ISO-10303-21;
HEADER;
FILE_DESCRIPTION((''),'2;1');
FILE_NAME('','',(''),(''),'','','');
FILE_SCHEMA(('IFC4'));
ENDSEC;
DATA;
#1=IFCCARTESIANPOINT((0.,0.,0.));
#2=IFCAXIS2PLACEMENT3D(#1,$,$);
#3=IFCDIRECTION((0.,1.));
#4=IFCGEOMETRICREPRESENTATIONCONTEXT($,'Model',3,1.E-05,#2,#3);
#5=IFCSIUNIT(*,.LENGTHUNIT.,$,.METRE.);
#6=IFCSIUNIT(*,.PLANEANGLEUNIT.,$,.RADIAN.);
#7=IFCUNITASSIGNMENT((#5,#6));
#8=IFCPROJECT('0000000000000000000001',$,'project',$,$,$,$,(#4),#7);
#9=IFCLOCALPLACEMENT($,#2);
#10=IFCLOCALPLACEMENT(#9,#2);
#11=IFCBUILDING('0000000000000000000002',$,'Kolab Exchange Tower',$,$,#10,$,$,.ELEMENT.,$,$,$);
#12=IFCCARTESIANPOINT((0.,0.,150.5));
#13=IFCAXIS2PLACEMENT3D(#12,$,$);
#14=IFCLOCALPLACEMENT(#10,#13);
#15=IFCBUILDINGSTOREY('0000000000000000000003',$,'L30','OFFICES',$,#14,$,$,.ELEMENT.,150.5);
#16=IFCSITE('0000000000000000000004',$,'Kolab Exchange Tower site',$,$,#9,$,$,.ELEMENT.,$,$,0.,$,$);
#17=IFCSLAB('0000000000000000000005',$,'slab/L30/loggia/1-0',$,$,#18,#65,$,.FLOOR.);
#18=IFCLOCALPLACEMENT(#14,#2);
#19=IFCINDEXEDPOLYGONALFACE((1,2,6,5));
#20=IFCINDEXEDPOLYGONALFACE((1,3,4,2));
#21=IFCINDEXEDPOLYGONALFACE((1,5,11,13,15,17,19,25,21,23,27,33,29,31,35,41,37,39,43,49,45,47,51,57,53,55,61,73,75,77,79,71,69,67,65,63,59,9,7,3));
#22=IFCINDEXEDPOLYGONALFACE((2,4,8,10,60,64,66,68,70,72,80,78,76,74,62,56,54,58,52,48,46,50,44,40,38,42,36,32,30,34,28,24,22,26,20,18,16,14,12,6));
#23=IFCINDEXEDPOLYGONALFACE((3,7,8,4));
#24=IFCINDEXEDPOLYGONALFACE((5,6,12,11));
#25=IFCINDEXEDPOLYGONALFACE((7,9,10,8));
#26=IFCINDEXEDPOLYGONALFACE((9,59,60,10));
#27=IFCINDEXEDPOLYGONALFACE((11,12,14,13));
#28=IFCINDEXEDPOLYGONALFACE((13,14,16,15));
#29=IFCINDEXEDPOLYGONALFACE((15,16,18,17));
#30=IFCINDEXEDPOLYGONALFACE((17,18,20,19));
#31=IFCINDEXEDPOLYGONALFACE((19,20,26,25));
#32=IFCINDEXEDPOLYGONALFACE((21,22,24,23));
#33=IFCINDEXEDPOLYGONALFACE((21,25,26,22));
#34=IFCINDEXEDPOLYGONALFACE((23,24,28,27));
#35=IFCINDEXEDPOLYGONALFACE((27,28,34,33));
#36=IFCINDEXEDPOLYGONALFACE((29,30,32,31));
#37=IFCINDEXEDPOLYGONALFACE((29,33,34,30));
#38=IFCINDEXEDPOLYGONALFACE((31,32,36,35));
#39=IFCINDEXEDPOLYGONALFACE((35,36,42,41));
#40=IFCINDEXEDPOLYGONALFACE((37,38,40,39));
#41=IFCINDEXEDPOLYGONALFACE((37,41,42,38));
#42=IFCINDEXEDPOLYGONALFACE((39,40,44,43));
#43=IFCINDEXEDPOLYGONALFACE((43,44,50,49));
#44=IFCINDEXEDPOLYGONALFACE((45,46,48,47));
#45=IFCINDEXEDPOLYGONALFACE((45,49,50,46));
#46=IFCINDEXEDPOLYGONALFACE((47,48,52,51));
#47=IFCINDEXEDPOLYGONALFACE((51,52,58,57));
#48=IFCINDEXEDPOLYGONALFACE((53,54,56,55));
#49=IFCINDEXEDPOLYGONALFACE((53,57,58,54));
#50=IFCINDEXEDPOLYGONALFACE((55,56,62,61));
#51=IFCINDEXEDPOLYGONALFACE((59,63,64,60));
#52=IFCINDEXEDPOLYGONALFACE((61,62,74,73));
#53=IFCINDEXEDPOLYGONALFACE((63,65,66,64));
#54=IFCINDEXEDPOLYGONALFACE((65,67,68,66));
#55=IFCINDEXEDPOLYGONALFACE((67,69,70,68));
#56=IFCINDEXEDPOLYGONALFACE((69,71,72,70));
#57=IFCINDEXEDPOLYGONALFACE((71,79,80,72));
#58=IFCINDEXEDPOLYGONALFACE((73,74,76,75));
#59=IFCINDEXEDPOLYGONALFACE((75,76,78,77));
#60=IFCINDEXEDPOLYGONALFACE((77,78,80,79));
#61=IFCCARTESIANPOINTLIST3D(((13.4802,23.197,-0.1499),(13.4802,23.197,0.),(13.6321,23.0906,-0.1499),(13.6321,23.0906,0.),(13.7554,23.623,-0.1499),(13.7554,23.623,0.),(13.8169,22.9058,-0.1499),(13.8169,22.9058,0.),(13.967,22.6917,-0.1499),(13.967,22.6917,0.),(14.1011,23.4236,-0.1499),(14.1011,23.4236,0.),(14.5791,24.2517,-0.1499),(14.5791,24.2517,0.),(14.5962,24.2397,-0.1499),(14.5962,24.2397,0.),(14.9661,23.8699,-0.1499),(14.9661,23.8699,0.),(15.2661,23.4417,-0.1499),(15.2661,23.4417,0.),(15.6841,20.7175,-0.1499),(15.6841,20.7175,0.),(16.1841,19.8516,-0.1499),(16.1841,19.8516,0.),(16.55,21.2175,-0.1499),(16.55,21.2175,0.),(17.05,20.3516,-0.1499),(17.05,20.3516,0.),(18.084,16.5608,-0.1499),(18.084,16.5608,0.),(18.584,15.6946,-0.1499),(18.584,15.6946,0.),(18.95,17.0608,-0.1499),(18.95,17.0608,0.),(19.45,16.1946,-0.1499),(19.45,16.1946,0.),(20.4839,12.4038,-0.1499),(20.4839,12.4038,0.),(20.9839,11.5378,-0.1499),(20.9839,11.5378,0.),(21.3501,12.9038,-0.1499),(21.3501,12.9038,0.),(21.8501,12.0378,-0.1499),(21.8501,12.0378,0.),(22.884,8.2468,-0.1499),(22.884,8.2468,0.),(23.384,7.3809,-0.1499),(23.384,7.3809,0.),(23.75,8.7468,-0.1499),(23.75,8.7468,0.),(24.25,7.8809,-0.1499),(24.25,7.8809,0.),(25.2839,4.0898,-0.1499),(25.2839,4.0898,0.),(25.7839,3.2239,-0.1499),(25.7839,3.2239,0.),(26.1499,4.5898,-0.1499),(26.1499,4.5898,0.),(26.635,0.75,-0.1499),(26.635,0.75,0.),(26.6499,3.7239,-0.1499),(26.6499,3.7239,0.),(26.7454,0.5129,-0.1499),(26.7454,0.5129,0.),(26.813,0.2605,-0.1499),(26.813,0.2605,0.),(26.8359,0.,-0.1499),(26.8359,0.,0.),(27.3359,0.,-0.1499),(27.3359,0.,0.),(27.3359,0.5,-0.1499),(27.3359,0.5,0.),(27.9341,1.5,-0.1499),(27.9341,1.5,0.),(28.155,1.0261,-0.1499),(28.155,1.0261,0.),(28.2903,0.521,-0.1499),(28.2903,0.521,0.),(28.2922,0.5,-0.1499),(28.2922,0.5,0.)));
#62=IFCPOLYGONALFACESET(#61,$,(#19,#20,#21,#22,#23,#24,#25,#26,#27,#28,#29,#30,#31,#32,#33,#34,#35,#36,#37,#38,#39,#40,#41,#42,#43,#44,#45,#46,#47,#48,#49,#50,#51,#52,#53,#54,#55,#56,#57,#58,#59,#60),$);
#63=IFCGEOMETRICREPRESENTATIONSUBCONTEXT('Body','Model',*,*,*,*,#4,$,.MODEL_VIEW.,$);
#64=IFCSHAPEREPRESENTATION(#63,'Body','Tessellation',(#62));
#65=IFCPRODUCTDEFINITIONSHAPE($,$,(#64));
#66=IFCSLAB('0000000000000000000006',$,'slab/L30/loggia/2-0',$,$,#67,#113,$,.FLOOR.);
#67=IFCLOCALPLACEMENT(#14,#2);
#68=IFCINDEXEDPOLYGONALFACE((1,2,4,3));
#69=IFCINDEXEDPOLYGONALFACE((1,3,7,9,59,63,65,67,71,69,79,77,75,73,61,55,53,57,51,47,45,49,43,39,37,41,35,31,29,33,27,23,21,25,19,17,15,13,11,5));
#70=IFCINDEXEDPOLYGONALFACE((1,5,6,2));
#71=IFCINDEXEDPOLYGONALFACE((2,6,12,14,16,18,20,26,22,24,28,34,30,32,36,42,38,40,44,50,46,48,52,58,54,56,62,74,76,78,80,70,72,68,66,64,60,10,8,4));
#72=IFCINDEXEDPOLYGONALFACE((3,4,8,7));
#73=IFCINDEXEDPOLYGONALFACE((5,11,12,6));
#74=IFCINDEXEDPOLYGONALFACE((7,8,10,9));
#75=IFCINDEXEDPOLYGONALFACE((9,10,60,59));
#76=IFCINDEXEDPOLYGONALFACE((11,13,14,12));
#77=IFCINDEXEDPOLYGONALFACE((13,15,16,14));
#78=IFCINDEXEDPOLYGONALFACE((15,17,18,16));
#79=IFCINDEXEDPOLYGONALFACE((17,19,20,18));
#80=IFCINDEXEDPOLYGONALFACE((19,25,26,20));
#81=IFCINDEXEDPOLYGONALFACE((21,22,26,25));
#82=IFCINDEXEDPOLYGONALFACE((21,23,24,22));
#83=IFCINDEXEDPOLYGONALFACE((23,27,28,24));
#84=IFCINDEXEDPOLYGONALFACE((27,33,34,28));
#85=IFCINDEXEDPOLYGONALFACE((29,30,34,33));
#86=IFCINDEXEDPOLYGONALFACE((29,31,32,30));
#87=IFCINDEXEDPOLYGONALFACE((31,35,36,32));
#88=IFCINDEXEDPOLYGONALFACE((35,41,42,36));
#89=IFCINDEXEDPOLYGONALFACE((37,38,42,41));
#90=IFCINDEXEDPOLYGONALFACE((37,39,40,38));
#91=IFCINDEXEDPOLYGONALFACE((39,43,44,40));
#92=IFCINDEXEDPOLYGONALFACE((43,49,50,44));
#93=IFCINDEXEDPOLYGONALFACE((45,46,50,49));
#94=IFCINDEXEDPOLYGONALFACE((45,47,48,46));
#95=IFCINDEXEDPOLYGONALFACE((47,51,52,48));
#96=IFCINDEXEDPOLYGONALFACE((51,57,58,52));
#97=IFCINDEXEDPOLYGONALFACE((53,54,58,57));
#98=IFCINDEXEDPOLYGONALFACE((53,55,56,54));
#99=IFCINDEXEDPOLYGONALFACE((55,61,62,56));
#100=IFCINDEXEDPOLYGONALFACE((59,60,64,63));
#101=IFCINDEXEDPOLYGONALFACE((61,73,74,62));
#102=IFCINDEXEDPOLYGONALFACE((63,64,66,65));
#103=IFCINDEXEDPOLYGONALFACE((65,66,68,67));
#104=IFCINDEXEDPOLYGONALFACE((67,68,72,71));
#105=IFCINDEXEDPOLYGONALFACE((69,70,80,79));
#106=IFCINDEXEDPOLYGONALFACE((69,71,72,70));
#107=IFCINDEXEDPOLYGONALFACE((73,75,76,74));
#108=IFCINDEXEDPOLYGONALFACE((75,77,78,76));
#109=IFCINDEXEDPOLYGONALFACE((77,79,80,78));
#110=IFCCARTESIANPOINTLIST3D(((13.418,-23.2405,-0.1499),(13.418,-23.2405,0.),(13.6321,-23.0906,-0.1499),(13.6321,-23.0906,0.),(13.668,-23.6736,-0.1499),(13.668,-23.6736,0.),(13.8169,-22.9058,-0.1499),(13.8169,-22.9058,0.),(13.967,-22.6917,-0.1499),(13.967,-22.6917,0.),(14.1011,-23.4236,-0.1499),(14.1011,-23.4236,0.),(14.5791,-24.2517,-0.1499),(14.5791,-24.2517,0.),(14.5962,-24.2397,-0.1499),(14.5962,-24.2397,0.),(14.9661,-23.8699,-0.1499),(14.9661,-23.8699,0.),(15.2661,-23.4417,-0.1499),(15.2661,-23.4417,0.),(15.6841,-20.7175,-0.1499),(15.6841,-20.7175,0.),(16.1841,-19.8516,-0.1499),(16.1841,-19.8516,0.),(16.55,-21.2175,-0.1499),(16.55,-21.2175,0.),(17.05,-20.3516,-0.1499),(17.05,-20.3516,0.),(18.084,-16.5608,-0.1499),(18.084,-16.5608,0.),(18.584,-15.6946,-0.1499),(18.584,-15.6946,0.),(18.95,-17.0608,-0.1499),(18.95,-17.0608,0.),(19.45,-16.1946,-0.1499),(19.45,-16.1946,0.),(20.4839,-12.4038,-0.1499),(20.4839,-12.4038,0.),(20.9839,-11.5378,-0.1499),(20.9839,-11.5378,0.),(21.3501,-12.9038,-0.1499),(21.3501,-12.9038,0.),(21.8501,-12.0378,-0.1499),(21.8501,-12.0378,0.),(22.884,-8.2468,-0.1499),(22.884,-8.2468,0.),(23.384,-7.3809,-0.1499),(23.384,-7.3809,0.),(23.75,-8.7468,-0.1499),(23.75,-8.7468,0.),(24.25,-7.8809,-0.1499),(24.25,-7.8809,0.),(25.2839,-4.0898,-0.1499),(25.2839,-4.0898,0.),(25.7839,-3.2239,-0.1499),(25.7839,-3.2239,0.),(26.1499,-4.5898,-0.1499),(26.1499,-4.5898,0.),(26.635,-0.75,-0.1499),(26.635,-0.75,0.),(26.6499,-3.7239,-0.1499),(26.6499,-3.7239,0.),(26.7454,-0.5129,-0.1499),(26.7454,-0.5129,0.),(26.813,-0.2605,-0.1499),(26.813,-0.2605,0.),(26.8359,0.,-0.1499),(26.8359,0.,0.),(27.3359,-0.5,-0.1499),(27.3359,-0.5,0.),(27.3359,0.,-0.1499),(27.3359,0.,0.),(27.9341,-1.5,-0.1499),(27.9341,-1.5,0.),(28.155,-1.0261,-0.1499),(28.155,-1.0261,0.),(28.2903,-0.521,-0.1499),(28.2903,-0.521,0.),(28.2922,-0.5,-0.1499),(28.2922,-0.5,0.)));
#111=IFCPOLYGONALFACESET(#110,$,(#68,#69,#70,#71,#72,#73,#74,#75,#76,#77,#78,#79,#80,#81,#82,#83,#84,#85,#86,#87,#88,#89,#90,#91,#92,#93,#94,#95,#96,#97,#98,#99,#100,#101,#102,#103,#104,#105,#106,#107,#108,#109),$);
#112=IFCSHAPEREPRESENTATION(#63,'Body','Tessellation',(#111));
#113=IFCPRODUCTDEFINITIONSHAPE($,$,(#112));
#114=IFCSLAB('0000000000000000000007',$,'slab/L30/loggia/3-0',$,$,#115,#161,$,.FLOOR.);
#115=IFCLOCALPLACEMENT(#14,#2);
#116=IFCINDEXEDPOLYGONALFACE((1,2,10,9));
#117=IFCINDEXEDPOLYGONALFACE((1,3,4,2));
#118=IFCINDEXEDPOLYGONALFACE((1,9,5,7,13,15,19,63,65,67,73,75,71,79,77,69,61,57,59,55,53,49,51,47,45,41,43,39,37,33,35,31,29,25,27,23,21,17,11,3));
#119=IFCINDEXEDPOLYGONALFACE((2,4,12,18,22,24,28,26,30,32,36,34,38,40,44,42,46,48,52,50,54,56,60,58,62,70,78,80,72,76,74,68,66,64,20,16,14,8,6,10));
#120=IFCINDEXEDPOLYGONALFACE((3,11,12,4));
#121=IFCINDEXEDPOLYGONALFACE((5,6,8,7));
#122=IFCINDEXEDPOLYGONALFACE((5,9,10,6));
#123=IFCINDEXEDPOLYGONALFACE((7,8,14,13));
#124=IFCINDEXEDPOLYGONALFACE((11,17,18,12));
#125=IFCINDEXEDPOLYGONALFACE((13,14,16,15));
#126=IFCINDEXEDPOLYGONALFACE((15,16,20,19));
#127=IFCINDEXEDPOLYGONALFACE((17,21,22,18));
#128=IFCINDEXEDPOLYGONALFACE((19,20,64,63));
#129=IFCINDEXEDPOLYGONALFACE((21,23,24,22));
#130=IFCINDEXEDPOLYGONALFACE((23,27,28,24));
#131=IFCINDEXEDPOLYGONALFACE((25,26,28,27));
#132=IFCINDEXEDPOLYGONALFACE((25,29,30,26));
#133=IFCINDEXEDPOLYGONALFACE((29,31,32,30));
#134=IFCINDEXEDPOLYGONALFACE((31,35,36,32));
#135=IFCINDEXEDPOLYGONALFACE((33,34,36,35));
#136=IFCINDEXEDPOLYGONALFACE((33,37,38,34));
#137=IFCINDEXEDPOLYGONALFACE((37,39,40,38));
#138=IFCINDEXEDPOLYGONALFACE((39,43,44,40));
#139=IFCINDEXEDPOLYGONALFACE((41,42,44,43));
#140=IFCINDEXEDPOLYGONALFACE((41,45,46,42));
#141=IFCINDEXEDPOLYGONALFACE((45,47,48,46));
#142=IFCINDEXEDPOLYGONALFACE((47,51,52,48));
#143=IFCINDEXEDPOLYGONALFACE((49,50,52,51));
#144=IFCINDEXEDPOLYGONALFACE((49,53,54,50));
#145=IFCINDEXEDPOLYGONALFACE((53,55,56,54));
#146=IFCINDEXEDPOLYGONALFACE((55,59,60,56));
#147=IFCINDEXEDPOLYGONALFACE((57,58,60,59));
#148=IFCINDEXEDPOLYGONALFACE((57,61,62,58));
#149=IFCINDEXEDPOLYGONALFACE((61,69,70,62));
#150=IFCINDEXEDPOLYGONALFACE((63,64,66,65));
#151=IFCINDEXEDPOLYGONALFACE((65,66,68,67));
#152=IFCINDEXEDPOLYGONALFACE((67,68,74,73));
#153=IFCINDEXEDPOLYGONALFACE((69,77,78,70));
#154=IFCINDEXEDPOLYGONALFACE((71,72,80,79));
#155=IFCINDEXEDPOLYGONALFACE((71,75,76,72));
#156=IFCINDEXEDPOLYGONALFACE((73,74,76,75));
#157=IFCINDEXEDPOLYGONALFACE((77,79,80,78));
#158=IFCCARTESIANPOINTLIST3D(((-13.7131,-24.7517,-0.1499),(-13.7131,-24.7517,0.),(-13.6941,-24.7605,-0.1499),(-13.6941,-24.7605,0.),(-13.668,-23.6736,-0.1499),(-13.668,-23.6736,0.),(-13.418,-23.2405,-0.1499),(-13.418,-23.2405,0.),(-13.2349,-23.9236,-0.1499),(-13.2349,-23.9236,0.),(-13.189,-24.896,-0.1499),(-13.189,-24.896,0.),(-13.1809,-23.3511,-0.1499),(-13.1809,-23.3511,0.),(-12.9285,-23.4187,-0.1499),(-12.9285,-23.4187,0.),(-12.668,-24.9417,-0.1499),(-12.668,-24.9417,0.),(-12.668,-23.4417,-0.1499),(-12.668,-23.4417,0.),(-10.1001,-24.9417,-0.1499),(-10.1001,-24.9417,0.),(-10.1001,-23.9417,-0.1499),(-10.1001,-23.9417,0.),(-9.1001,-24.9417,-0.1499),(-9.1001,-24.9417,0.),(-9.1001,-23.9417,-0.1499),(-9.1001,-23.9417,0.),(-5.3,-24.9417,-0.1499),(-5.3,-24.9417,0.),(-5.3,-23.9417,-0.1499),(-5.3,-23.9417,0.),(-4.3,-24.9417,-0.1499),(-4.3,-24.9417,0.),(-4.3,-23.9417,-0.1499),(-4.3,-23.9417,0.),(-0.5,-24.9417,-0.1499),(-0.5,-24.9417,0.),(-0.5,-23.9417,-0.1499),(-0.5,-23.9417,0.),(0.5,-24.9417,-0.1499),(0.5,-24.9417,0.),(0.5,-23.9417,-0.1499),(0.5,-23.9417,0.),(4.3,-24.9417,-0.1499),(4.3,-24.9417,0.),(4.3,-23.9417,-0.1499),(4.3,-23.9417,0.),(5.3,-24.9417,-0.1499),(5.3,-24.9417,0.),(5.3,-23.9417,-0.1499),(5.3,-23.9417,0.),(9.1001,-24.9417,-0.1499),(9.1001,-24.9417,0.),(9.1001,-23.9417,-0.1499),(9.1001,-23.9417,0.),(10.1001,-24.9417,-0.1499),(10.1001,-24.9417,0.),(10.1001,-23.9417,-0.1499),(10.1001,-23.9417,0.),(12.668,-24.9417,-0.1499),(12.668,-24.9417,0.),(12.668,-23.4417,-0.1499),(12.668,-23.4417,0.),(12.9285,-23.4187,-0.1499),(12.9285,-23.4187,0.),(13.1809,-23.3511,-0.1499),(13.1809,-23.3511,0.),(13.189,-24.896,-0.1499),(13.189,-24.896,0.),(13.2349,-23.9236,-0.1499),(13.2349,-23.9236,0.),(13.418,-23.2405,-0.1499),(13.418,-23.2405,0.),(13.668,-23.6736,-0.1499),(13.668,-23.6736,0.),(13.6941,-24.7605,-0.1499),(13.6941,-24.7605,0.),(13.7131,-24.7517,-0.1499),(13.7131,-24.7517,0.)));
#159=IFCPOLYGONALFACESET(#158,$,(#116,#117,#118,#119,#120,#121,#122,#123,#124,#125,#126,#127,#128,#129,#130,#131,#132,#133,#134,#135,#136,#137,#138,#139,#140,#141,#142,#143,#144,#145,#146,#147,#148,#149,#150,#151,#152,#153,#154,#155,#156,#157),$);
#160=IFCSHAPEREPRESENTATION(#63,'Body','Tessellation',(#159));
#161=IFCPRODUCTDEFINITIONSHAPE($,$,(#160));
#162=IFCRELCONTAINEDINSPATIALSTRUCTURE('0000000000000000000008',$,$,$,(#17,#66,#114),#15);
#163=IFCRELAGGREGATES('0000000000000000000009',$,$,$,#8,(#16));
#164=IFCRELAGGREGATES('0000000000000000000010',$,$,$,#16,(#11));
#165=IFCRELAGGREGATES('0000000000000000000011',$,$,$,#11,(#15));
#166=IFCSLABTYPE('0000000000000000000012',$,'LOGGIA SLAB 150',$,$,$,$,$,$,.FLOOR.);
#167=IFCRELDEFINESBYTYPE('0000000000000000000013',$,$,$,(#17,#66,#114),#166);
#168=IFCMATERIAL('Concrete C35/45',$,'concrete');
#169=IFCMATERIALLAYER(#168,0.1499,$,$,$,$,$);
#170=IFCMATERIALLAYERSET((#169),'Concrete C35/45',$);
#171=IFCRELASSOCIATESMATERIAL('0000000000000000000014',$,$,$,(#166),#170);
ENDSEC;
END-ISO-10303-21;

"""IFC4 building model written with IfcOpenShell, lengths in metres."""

from ifc_helpers import new_model, si_unit, direction, frame, origin, place, context, subcontext, project, spatial, polyline, outline, extrude, material, layer, layer_set, type_object, element, save


model = new_model("IFC4")

# Units and contexts
model_context = context("Model", 3, precision=1e-05, world=origin(), true_north=direction((0.0, 1.0)))
body_context = subcontext(model_context, "Body", "Model", "MODEL_VIEW")
ifc_project = project(units=[si_unit("LENGTHUNIT", "METRE"), si_unit("PLANEANGLEUNIT", "RADIAN")], contexts=[model_context])

# Site, building, storey
site_placement = place(None, origin())
site = spatial("IfcSite", under=ifc_project, at=site_placement, Name="Kolab Exchange Tower site", CompositionType="ELEMENT", RefElevation=0.0)
building_placement = place(site_placement, origin())
building = spatial("IfcBuilding", under=site, at=building_placement, Name="Kolab Exchange Tower", CompositionType="ELEMENT")
storey_placement = place(building_placement, frame((0.0, 0.0, 150.5)))
storey = spatial("IfcBuildingStorey", under=building, at=storey_placement, Name="L30", Description="OFFICES", CompositionType="ELEMENT", Elevation=150.5)

# Slabs
ifc_material_1 = material(Name="Concrete C35/45", Category="concrete")
ifc_layer_1 = layer(ifc_material_1, 0.1499)
ifc_layer_set_1 = layer_set([ifc_layer_1], Name="Concrete C35/45")
slab_type_1 = type_object("IfcSlabType", Name="LOGGIA SLAB 150", PredefinedType="FLOOR", material=ifc_layer_set_1)
slab_1_placement = place(storey_placement, frame((0.0, 0.0, -0.1499)))
element("IfcSlab", 1, at=slab_1_placement, inside=storey, type_object=slab_type_1, Name="slab/L30/loggia/1-0", PredefinedType="FLOOR", context=body_context, shape_type="SweptSolid", body=[
    extrude(outline(polyline([(26.813, 0.2605), (26.8359, 0.0), (27.3359, 0.0), (27.3359, 0.5), (28.2922, 0.5), (28.2903, 0.521), (28.155, 1.0261), (27.9341, 1.5), (26.6499, 3.7239), (25.7839, 3.2239), (25.2839, 4.0898), (26.1499, 4.5898), (24.25, 7.8809), (23.384, 7.3809), (22.884, 8.2468), (23.75, 8.7468), (21.8501, 12.0378), (20.9839, 11.5378), (20.4839, 12.4038), (21.3501, 12.9038), (19.45, 16.1946), (18.584, 15.6946), (18.084, 16.5608), (18.95, 17.0608), (17.05, 20.3516), (16.1841, 19.8516), (15.6841, 20.7175), (16.55, 21.2175), (15.2661, 23.4417), (14.9661, 23.8699), (14.5962, 24.2397), (14.5791, 24.2517), (14.1011, 23.4236), (13.7554, 23.623), (13.4802, 23.197), (13.6321, 23.0906), (13.8169, 22.9058), (13.967, 22.6917), (26.635, 0.75), (26.7454, 0.5129), (26.813, 0.2605)])), origin(), (0.0, 0.0, 1.0), 0.1499),
])
slab_2_placement = place(storey_placement, frame((0.0, 0.0, -0.1499)))
element("IfcSlab", 2, at=slab_2_placement, inside=storey, type_object=slab_type_1, Name="slab/L30/loggia/2-0", PredefinedType="FLOOR", context=body_context, shape_type="SweptSolid", body=[
    extrude(outline(polyline([(14.9661, -23.8699), (15.2661, -23.4417), (16.55, -21.2175), (15.6841, -20.7175), (16.1841, -19.8516), (17.05, -20.3516), (18.95, -17.0608), (18.084, -16.5608), (18.584, -15.6946), (19.45, -16.1946), (21.3501, -12.9038), (20.4839, -12.4038), (20.9839, -11.5378), (21.8501, -12.0378), (23.75, -8.7468), (22.884, -8.2468), (23.384, -7.3809), (24.25, -7.8809), (26.1499, -4.5898), (25.2839, -4.0898), (25.7839, -3.2239), (26.6499, -3.7239), (27.9341, -1.5), (28.155, -1.0261), (28.2903, -0.521), (28.2922, -0.5), (27.3359, -0.5), (27.3359, 0.0), (26.8359, 0.0), (26.813, -0.2605), (26.7454, -0.5129), (26.635, -0.75), (13.967, -22.6917), (13.8169, -22.9058), (13.6321, -23.0906), (13.418, -23.2405), (13.668, -23.6736), (14.1011, -23.4236), (14.5791, -24.2517), (14.5962, -24.2397), (14.9661, -23.8699)])), origin(), (0.0, 0.0, 1.0), 0.1499),
])
slab_3_placement = place(storey_placement, frame((0.0, 0.0, -0.1499)))
element("IfcSlab", 3, at=slab_3_placement, inside=storey, type_object=slab_type_1, Name="slab/L30/loggia/3-0", PredefinedType="FLOOR", context=body_context, shape_type="SweptSolid", body=[
    extrude(outline(polyline([(-13.1809, -23.3511), (-13.418, -23.2405), (-13.668, -23.6736), (-13.2349, -23.9236), (-13.7131, -24.7517), (-13.6941, -24.7605), (-13.189, -24.896), (-12.668, -24.9417), (-10.1001, -24.9417), (-10.1001, -23.9417), (-9.1001, -23.9417), (-9.1001, -24.9417), (-5.3, -24.9417), (-5.3, -23.9417), (-4.3, -23.9417), (-4.3, -24.9417), (-0.5, -24.9417), (-0.5, -23.9417), (0.5, -23.9417), (0.5, -24.9417), (4.3, -24.9417), (4.3, -23.9417), (5.3, -23.9417), (5.3, -24.9417), (9.1001, -24.9417), (9.1001, -23.9417), (10.1001, -23.9417), (10.1001, -24.9417), (12.668, -24.9417), (13.189, -24.896), (13.6941, -24.7605), (13.7131, -24.7517), (13.2349, -23.9236), (13.668, -23.6736), (13.418, -23.2405), (13.1809, -23.3511), (12.9285, -23.4187), (12.668, -23.4417), (-12.668, -23.4417), (-12.9285, -23.4187), (-13.1809, -23.3511)])), origin(), (0.0, 0.0, 1.0), 0.1499),
])

save(model, "model.ifc")
